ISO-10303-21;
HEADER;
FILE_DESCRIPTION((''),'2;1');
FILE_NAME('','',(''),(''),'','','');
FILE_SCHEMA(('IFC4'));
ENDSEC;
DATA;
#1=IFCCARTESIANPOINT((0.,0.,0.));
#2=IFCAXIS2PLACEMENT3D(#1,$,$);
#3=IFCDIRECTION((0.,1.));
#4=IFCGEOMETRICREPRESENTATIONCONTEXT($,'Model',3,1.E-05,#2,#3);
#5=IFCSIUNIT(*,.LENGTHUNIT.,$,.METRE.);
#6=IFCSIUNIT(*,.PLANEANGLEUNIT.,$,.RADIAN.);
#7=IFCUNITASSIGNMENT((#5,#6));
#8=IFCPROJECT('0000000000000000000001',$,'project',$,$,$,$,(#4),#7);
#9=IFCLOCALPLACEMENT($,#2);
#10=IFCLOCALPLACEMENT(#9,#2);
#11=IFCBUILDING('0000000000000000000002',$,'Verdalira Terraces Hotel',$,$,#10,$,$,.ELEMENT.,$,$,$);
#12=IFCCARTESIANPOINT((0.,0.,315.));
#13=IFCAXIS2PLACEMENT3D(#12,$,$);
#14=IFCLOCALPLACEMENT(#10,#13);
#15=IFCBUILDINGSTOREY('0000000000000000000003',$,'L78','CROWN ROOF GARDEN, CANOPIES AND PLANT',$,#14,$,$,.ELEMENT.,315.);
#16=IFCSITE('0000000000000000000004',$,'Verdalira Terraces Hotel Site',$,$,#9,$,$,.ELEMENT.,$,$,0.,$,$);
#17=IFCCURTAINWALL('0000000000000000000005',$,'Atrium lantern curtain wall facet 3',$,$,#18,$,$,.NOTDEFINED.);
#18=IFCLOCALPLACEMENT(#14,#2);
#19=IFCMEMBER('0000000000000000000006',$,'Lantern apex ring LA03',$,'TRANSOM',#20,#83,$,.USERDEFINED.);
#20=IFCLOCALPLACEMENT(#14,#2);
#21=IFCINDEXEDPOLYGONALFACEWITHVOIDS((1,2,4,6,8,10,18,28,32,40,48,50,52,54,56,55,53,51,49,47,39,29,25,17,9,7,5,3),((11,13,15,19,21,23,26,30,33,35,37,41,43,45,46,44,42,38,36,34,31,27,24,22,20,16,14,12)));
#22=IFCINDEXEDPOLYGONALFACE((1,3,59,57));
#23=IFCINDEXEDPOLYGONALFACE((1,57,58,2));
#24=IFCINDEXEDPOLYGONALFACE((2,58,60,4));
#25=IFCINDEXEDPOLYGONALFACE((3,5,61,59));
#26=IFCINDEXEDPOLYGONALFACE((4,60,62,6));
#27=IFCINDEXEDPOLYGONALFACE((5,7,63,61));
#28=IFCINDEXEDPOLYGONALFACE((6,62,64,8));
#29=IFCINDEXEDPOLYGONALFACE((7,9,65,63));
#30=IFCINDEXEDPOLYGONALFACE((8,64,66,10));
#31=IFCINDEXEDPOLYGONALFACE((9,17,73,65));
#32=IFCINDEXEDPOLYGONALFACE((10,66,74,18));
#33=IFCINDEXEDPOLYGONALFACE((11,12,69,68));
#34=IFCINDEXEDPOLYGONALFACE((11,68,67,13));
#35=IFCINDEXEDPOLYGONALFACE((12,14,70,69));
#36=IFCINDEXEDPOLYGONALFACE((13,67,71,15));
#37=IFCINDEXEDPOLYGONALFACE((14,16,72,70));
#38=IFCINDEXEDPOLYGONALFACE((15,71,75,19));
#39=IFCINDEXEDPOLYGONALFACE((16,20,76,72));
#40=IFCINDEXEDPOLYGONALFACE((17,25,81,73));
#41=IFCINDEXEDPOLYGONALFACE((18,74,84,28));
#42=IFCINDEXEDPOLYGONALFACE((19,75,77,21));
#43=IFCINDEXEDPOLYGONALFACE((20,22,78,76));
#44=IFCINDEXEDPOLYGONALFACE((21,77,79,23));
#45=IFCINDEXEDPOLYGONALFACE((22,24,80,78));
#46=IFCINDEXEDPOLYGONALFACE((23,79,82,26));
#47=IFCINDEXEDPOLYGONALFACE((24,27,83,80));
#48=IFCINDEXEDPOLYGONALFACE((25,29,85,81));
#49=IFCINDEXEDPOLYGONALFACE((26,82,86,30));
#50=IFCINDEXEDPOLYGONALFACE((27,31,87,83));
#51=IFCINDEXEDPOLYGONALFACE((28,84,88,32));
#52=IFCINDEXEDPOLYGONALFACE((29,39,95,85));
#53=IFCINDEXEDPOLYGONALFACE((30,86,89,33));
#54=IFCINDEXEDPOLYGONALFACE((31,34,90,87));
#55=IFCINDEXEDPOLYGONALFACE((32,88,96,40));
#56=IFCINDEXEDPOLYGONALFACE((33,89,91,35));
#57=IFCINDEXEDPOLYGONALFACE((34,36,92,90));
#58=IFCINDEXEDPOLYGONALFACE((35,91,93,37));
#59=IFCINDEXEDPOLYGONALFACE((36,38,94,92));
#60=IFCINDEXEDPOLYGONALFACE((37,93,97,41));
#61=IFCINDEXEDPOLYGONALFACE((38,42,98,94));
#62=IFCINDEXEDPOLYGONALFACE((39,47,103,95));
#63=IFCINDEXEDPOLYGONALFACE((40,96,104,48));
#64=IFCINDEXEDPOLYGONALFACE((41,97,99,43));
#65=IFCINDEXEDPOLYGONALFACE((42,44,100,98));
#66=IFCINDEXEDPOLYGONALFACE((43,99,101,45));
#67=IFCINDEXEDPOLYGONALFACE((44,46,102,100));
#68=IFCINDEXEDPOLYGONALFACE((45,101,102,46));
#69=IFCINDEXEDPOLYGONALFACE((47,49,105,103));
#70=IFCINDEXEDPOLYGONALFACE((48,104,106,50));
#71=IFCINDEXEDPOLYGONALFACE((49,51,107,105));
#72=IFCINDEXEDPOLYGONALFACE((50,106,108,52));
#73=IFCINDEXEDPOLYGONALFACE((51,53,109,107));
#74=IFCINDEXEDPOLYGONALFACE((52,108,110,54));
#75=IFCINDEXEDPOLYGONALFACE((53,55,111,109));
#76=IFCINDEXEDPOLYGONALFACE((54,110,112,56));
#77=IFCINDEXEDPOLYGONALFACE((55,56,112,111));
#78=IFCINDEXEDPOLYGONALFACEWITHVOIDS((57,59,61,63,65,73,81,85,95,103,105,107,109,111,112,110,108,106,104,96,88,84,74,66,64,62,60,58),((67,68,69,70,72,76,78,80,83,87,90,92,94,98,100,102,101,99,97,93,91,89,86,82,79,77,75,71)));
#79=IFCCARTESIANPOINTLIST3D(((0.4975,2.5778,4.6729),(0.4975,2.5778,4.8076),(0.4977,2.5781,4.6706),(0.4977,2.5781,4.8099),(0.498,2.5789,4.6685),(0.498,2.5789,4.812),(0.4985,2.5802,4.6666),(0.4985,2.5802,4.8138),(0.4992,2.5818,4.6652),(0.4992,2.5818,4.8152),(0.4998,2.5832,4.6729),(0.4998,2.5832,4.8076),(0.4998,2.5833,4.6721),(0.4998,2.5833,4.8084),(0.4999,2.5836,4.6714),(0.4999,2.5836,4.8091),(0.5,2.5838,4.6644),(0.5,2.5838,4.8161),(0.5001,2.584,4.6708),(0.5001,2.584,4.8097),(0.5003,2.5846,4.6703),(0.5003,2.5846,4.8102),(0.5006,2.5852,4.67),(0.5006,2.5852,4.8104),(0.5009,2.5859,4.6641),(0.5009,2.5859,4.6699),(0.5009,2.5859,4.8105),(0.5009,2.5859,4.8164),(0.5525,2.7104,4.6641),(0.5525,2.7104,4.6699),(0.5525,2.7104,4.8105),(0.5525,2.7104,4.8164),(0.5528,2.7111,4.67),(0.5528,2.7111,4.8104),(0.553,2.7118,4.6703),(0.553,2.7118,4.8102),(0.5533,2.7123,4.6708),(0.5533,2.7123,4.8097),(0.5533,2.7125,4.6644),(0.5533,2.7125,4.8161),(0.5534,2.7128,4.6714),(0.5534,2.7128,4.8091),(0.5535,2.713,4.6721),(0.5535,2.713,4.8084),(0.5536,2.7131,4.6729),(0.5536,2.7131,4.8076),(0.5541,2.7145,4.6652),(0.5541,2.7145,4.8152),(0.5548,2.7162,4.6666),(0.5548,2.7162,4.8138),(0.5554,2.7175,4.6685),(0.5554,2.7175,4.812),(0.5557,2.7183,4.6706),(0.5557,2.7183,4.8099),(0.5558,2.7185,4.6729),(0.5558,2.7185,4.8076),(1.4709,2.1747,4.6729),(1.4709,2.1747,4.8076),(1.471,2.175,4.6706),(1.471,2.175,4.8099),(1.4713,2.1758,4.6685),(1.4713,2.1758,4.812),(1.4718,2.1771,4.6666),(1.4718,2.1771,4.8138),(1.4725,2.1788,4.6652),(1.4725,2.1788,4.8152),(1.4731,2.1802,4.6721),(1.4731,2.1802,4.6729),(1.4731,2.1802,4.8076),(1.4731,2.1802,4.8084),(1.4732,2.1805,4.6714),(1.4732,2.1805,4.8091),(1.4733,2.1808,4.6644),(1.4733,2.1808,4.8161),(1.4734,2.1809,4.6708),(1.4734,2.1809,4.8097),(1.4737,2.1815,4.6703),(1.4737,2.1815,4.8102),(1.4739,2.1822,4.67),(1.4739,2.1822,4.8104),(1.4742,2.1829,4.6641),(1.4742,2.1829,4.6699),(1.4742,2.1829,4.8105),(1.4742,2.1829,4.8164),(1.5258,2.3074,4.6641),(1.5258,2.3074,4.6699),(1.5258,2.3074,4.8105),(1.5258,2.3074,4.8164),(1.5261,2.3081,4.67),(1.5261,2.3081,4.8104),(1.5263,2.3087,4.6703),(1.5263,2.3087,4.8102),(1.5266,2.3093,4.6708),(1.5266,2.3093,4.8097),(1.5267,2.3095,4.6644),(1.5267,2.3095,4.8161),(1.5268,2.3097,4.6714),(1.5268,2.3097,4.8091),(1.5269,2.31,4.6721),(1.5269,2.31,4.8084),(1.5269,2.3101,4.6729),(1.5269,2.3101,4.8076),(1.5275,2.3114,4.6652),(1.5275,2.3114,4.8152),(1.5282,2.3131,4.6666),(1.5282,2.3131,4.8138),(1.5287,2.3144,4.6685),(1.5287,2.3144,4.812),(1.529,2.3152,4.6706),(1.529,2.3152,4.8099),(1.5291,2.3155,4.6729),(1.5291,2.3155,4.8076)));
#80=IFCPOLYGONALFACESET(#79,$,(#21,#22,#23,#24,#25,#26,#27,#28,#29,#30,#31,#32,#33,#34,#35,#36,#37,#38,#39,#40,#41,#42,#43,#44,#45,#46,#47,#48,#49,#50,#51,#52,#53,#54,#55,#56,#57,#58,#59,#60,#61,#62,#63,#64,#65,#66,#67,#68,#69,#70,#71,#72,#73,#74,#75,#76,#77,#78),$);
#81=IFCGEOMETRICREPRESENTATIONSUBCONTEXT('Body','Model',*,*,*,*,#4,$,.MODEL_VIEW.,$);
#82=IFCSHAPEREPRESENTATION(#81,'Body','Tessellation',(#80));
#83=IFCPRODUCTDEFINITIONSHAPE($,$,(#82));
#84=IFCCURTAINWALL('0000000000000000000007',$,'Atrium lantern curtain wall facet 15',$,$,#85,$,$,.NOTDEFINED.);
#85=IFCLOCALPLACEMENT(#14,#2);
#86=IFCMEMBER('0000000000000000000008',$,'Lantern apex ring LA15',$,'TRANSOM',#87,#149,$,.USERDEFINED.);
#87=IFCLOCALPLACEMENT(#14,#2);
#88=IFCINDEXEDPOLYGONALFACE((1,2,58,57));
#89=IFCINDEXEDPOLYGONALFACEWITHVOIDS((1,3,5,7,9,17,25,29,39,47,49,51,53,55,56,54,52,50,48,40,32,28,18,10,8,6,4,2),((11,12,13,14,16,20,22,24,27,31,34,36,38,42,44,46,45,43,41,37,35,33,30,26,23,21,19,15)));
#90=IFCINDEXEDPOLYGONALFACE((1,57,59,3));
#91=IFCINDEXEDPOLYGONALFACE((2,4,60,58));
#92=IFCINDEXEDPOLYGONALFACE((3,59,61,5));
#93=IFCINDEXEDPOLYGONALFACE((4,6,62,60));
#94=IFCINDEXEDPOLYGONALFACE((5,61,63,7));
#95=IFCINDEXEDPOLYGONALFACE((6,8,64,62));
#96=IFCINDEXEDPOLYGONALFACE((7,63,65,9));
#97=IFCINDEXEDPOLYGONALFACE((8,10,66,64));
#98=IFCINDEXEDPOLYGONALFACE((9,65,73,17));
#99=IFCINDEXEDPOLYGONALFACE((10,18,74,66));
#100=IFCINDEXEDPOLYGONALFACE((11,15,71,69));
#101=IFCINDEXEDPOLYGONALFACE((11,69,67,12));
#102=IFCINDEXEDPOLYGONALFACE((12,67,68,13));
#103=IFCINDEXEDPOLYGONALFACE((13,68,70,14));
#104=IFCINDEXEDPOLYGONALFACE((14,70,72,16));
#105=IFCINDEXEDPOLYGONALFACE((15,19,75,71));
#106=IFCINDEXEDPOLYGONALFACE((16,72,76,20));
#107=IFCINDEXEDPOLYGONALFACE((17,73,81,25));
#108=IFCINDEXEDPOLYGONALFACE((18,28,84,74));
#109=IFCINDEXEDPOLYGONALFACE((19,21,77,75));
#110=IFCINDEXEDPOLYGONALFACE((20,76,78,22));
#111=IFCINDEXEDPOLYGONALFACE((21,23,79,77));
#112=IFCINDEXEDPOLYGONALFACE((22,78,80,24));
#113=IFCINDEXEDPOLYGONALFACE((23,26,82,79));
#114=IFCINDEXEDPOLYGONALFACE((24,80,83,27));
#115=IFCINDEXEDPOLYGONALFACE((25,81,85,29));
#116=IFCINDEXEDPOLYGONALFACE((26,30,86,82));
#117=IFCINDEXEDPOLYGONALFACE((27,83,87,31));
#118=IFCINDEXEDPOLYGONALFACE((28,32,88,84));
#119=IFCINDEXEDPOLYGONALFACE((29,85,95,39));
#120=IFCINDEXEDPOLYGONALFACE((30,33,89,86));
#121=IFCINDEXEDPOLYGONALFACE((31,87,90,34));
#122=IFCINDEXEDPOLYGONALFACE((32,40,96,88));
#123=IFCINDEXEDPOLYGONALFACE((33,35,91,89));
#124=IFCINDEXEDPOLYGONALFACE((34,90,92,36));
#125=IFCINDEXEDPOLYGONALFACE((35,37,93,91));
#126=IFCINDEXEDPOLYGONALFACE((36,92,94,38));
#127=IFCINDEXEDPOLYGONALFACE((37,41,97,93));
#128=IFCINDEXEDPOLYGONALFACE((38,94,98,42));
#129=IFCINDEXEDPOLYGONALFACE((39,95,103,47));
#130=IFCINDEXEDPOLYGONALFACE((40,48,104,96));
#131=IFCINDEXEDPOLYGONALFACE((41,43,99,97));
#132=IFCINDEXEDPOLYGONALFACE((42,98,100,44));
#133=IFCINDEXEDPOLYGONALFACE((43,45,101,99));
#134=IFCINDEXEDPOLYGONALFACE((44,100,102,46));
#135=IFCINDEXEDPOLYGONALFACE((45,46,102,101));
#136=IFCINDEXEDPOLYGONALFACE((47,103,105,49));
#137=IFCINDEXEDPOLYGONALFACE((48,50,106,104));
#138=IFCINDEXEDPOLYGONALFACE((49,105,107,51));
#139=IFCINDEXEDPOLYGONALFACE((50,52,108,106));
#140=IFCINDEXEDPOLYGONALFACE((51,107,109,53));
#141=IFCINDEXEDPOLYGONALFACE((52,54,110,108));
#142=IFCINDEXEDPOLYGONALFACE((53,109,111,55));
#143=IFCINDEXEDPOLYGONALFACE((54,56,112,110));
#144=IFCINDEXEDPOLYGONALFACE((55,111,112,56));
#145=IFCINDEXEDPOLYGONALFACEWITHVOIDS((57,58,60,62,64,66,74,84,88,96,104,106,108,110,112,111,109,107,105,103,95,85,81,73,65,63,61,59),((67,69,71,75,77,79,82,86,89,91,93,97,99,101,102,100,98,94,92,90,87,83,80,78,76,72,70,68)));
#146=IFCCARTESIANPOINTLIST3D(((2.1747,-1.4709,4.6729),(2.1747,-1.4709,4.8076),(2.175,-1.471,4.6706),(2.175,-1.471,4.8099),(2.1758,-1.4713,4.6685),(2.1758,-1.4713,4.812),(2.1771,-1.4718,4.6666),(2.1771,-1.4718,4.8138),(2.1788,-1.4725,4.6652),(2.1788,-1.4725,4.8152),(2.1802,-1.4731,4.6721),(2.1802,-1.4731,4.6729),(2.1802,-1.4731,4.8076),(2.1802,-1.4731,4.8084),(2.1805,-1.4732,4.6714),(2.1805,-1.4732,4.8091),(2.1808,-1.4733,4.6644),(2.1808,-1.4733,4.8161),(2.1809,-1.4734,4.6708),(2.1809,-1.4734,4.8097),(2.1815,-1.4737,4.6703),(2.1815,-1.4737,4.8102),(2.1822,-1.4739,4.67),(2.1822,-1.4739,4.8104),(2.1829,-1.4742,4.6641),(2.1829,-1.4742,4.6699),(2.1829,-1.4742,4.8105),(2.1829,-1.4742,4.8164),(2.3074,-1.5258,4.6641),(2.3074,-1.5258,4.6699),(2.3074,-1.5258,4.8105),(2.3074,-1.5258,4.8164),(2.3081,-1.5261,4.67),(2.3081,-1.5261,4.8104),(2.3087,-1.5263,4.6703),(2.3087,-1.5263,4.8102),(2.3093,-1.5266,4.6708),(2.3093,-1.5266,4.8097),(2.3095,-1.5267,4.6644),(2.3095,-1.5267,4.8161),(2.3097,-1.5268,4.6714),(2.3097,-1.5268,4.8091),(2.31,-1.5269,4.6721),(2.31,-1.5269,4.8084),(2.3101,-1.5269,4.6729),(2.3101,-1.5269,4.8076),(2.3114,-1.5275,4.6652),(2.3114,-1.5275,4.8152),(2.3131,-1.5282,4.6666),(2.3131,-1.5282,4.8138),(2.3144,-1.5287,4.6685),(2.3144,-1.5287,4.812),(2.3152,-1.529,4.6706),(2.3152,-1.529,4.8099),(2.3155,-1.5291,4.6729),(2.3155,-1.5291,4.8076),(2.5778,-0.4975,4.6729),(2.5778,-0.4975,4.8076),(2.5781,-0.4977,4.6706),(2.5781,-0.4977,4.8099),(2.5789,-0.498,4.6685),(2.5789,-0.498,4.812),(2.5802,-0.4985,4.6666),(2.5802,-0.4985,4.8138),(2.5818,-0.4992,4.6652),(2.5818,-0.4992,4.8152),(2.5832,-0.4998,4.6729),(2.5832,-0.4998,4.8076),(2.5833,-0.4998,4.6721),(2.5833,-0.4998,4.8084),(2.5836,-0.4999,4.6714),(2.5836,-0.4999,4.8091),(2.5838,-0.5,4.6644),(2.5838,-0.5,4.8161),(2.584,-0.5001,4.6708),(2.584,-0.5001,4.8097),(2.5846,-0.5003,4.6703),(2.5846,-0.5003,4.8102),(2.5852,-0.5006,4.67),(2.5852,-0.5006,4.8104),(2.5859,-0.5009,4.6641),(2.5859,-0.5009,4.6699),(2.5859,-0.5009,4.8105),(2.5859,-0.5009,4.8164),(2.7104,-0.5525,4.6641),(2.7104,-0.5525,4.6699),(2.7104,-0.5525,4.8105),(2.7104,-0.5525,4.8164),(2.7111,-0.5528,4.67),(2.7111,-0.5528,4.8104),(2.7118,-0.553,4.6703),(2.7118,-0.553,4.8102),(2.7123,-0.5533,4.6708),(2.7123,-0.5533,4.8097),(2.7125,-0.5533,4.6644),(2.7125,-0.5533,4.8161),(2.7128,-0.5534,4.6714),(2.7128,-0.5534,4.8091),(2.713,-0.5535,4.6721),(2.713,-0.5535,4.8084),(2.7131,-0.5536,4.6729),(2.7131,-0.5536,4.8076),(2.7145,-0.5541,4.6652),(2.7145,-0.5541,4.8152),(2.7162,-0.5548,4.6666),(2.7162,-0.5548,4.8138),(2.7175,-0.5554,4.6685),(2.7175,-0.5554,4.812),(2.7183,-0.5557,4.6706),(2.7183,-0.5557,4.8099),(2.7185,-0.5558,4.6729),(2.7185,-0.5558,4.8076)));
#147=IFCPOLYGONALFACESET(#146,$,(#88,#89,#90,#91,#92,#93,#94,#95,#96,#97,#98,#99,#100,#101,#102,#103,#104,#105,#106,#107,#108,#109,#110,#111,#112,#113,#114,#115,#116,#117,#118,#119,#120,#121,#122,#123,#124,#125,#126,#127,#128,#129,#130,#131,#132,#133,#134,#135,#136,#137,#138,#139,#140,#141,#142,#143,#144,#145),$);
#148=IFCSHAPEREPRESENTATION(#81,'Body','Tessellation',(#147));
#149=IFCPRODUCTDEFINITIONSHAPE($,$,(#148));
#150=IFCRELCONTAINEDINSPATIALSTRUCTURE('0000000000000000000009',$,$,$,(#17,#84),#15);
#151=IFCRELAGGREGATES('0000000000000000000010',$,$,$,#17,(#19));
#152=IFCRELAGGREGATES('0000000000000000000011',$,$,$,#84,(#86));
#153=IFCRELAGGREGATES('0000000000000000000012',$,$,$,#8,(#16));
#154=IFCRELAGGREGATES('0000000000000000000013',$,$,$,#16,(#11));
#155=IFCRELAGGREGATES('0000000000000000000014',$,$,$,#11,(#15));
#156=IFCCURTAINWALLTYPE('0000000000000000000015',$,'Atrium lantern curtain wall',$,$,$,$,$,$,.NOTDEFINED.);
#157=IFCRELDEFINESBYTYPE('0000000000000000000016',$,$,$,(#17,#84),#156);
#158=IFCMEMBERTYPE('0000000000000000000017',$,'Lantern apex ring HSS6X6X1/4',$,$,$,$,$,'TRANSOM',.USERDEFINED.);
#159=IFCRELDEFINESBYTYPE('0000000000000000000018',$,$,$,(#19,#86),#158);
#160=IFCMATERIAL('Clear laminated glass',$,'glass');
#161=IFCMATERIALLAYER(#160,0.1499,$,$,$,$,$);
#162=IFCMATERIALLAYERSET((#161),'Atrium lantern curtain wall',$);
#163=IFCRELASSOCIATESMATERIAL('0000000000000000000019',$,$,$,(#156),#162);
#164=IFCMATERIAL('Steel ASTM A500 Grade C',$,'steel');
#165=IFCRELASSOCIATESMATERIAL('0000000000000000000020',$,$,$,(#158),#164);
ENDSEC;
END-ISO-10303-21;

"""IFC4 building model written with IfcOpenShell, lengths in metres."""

from ifc_helpers import new_model, si_unit, direction, frame, origin, origin_2d, place, context, subcontext, project, spatial, hollow_rectangle, extrude, material, layer, layer_set, material_profile, profile_set, type_object, element, aggregate, save


model = new_model("IFC4")

# Units and contexts
model_context = context("Model", 3, precision=1e-05, world=origin(), true_north=direction((0.0, 1.0)))
body_context = subcontext(model_context, "Body", "Model", "MODEL_VIEW")
ifc_project = project(units=[si_unit("LENGTHUNIT", "METRE"), si_unit("PLANEANGLEUNIT", "RADIAN")], contexts=[model_context])

# Site, building, storey
site_placement = place(None, origin())
site = spatial("IfcSite", under=ifc_project, at=site_placement, Name="Verdalira Terraces Hotel Site", CompositionType="ELEMENT", RefElevation=0.0)
building_placement = place(site_placement, origin())
building = spatial("IfcBuilding", under=site, at=building_placement, Name="Verdalira Terraces Hotel", CompositionType="ELEMENT")
storey_placement = place(building_placement, frame((0.0, 0.0, 315.0)))
storey = spatial("IfcBuildingStorey", under=building, at=storey_placement, Name="L78", Description="CROWN ROOF GARDEN, CANOPIES AND PLANT", CompositionType="ELEMENT", Elevation=315.0)

# Curtain walls, members
ifc_material_1 = material(Name="Clear laminated glass", Category="glass")
ifc_layer_1 = layer(ifc_material_1, 0.1499)
ifc_layer_set_1 = layer_set([ifc_layer_1], Name="Atrium lantern curtain wall")
curtain_wall_type = type_object("IfcCurtainWallType", Name="Atrium lantern curtain wall", PredefinedType="NOTDEFINED", material=ifc_layer_set_1)
ifc_material_2 = material(Name="Steel ASTM A500 Grade C", Category="steel")
ifc_material_profile_1 = material_profile(ifc_material_2, hollow_rectangle(XDim=0.1523, YDim=0.1523, WallThickness=0.0059, InnerFilletRadius=0.0029, OuterFilletRadius=0.0088, at=origin_2d()), Name="HSS6X6X1/4")
ifc_profile_set_1 = profile_set([ifc_material_profile_1], Name="Steel ASTM A500 Grade C")
member_type_1 = type_object("IfcMemberType", Name="Lantern apex ring HSS6X6X1/4", ElementType="TRANSOM", PredefinedType="USERDEFINED", material=ifc_profile_set_1)
curtain_wall_1_placement = place(storey_placement, origin())
curtain_wall_1 = element("IfcCurtainWall", 1, at=curtain_wall_1_placement, inside=storey, type_object=curtain_wall_type, Name="Atrium lantern curtain wall facet 3", PredefinedType="NOTDEFINED")
member_1_placement = place(storey_placement, frame((1.5, 2.2451, 4.7402), z_axis=(-0.923918, 0.382591, 0.0), x_axis=(-0.382591, -0.923918, 0.0)))
member_1 = element("IfcMember", 2, at=member_1_placement, type_object=member_type_1, Name="Lantern apex ring LA03", ObjectType="TRANSOM", PredefinedType="USERDEFINED", context=body_context, shape_type="SweptSolid", body=[
    extrude(hollow_rectangle(XDim=0.1523, YDim=0.1523, WallThickness=0.0059, InnerFilletRadius=0.0029, OuterFilletRadius=0.0088, at=origin_2d()), origin(), (0.0, 0.0, 1.0), 1.0535),
])
aggregate(curtain_wall_1, [member_1])
curtain_wall_2_placement = place(storey_placement, origin())
curtain_wall_2 = element("IfcCurtainWall", 3, at=curtain_wall_2_placement, inside=storey, type_object=curtain_wall_type, Name="Atrium lantern curtain wall facet 15", PredefinedType="NOTDEFINED")
member_2_placement = place(storey_placement, frame((2.2451, -1.5, 4.7402), z_axis=(0.382591, 0.923918, 0.0), x_axis=(-0.923918, 0.382591, 0.0)))
member_2 = element("IfcMember", 4, at=member_2_placement, type_object=member_type_1, Name="Lantern apex ring LA15", ObjectType="TRANSOM", PredefinedType="USERDEFINED", context=body_context, shape_type="SweptSolid", body=[
    extrude(hollow_rectangle(XDim=0.1523, YDim=0.1523, WallThickness=0.0059, InnerFilletRadius=0.0029, OuterFilletRadius=0.0088, at=origin_2d()), origin(), (0.0, 0.0, 1.0), 1.0535),
])

aggregate(curtain_wall_2, [member_2])

save(model, "model.ifc")
